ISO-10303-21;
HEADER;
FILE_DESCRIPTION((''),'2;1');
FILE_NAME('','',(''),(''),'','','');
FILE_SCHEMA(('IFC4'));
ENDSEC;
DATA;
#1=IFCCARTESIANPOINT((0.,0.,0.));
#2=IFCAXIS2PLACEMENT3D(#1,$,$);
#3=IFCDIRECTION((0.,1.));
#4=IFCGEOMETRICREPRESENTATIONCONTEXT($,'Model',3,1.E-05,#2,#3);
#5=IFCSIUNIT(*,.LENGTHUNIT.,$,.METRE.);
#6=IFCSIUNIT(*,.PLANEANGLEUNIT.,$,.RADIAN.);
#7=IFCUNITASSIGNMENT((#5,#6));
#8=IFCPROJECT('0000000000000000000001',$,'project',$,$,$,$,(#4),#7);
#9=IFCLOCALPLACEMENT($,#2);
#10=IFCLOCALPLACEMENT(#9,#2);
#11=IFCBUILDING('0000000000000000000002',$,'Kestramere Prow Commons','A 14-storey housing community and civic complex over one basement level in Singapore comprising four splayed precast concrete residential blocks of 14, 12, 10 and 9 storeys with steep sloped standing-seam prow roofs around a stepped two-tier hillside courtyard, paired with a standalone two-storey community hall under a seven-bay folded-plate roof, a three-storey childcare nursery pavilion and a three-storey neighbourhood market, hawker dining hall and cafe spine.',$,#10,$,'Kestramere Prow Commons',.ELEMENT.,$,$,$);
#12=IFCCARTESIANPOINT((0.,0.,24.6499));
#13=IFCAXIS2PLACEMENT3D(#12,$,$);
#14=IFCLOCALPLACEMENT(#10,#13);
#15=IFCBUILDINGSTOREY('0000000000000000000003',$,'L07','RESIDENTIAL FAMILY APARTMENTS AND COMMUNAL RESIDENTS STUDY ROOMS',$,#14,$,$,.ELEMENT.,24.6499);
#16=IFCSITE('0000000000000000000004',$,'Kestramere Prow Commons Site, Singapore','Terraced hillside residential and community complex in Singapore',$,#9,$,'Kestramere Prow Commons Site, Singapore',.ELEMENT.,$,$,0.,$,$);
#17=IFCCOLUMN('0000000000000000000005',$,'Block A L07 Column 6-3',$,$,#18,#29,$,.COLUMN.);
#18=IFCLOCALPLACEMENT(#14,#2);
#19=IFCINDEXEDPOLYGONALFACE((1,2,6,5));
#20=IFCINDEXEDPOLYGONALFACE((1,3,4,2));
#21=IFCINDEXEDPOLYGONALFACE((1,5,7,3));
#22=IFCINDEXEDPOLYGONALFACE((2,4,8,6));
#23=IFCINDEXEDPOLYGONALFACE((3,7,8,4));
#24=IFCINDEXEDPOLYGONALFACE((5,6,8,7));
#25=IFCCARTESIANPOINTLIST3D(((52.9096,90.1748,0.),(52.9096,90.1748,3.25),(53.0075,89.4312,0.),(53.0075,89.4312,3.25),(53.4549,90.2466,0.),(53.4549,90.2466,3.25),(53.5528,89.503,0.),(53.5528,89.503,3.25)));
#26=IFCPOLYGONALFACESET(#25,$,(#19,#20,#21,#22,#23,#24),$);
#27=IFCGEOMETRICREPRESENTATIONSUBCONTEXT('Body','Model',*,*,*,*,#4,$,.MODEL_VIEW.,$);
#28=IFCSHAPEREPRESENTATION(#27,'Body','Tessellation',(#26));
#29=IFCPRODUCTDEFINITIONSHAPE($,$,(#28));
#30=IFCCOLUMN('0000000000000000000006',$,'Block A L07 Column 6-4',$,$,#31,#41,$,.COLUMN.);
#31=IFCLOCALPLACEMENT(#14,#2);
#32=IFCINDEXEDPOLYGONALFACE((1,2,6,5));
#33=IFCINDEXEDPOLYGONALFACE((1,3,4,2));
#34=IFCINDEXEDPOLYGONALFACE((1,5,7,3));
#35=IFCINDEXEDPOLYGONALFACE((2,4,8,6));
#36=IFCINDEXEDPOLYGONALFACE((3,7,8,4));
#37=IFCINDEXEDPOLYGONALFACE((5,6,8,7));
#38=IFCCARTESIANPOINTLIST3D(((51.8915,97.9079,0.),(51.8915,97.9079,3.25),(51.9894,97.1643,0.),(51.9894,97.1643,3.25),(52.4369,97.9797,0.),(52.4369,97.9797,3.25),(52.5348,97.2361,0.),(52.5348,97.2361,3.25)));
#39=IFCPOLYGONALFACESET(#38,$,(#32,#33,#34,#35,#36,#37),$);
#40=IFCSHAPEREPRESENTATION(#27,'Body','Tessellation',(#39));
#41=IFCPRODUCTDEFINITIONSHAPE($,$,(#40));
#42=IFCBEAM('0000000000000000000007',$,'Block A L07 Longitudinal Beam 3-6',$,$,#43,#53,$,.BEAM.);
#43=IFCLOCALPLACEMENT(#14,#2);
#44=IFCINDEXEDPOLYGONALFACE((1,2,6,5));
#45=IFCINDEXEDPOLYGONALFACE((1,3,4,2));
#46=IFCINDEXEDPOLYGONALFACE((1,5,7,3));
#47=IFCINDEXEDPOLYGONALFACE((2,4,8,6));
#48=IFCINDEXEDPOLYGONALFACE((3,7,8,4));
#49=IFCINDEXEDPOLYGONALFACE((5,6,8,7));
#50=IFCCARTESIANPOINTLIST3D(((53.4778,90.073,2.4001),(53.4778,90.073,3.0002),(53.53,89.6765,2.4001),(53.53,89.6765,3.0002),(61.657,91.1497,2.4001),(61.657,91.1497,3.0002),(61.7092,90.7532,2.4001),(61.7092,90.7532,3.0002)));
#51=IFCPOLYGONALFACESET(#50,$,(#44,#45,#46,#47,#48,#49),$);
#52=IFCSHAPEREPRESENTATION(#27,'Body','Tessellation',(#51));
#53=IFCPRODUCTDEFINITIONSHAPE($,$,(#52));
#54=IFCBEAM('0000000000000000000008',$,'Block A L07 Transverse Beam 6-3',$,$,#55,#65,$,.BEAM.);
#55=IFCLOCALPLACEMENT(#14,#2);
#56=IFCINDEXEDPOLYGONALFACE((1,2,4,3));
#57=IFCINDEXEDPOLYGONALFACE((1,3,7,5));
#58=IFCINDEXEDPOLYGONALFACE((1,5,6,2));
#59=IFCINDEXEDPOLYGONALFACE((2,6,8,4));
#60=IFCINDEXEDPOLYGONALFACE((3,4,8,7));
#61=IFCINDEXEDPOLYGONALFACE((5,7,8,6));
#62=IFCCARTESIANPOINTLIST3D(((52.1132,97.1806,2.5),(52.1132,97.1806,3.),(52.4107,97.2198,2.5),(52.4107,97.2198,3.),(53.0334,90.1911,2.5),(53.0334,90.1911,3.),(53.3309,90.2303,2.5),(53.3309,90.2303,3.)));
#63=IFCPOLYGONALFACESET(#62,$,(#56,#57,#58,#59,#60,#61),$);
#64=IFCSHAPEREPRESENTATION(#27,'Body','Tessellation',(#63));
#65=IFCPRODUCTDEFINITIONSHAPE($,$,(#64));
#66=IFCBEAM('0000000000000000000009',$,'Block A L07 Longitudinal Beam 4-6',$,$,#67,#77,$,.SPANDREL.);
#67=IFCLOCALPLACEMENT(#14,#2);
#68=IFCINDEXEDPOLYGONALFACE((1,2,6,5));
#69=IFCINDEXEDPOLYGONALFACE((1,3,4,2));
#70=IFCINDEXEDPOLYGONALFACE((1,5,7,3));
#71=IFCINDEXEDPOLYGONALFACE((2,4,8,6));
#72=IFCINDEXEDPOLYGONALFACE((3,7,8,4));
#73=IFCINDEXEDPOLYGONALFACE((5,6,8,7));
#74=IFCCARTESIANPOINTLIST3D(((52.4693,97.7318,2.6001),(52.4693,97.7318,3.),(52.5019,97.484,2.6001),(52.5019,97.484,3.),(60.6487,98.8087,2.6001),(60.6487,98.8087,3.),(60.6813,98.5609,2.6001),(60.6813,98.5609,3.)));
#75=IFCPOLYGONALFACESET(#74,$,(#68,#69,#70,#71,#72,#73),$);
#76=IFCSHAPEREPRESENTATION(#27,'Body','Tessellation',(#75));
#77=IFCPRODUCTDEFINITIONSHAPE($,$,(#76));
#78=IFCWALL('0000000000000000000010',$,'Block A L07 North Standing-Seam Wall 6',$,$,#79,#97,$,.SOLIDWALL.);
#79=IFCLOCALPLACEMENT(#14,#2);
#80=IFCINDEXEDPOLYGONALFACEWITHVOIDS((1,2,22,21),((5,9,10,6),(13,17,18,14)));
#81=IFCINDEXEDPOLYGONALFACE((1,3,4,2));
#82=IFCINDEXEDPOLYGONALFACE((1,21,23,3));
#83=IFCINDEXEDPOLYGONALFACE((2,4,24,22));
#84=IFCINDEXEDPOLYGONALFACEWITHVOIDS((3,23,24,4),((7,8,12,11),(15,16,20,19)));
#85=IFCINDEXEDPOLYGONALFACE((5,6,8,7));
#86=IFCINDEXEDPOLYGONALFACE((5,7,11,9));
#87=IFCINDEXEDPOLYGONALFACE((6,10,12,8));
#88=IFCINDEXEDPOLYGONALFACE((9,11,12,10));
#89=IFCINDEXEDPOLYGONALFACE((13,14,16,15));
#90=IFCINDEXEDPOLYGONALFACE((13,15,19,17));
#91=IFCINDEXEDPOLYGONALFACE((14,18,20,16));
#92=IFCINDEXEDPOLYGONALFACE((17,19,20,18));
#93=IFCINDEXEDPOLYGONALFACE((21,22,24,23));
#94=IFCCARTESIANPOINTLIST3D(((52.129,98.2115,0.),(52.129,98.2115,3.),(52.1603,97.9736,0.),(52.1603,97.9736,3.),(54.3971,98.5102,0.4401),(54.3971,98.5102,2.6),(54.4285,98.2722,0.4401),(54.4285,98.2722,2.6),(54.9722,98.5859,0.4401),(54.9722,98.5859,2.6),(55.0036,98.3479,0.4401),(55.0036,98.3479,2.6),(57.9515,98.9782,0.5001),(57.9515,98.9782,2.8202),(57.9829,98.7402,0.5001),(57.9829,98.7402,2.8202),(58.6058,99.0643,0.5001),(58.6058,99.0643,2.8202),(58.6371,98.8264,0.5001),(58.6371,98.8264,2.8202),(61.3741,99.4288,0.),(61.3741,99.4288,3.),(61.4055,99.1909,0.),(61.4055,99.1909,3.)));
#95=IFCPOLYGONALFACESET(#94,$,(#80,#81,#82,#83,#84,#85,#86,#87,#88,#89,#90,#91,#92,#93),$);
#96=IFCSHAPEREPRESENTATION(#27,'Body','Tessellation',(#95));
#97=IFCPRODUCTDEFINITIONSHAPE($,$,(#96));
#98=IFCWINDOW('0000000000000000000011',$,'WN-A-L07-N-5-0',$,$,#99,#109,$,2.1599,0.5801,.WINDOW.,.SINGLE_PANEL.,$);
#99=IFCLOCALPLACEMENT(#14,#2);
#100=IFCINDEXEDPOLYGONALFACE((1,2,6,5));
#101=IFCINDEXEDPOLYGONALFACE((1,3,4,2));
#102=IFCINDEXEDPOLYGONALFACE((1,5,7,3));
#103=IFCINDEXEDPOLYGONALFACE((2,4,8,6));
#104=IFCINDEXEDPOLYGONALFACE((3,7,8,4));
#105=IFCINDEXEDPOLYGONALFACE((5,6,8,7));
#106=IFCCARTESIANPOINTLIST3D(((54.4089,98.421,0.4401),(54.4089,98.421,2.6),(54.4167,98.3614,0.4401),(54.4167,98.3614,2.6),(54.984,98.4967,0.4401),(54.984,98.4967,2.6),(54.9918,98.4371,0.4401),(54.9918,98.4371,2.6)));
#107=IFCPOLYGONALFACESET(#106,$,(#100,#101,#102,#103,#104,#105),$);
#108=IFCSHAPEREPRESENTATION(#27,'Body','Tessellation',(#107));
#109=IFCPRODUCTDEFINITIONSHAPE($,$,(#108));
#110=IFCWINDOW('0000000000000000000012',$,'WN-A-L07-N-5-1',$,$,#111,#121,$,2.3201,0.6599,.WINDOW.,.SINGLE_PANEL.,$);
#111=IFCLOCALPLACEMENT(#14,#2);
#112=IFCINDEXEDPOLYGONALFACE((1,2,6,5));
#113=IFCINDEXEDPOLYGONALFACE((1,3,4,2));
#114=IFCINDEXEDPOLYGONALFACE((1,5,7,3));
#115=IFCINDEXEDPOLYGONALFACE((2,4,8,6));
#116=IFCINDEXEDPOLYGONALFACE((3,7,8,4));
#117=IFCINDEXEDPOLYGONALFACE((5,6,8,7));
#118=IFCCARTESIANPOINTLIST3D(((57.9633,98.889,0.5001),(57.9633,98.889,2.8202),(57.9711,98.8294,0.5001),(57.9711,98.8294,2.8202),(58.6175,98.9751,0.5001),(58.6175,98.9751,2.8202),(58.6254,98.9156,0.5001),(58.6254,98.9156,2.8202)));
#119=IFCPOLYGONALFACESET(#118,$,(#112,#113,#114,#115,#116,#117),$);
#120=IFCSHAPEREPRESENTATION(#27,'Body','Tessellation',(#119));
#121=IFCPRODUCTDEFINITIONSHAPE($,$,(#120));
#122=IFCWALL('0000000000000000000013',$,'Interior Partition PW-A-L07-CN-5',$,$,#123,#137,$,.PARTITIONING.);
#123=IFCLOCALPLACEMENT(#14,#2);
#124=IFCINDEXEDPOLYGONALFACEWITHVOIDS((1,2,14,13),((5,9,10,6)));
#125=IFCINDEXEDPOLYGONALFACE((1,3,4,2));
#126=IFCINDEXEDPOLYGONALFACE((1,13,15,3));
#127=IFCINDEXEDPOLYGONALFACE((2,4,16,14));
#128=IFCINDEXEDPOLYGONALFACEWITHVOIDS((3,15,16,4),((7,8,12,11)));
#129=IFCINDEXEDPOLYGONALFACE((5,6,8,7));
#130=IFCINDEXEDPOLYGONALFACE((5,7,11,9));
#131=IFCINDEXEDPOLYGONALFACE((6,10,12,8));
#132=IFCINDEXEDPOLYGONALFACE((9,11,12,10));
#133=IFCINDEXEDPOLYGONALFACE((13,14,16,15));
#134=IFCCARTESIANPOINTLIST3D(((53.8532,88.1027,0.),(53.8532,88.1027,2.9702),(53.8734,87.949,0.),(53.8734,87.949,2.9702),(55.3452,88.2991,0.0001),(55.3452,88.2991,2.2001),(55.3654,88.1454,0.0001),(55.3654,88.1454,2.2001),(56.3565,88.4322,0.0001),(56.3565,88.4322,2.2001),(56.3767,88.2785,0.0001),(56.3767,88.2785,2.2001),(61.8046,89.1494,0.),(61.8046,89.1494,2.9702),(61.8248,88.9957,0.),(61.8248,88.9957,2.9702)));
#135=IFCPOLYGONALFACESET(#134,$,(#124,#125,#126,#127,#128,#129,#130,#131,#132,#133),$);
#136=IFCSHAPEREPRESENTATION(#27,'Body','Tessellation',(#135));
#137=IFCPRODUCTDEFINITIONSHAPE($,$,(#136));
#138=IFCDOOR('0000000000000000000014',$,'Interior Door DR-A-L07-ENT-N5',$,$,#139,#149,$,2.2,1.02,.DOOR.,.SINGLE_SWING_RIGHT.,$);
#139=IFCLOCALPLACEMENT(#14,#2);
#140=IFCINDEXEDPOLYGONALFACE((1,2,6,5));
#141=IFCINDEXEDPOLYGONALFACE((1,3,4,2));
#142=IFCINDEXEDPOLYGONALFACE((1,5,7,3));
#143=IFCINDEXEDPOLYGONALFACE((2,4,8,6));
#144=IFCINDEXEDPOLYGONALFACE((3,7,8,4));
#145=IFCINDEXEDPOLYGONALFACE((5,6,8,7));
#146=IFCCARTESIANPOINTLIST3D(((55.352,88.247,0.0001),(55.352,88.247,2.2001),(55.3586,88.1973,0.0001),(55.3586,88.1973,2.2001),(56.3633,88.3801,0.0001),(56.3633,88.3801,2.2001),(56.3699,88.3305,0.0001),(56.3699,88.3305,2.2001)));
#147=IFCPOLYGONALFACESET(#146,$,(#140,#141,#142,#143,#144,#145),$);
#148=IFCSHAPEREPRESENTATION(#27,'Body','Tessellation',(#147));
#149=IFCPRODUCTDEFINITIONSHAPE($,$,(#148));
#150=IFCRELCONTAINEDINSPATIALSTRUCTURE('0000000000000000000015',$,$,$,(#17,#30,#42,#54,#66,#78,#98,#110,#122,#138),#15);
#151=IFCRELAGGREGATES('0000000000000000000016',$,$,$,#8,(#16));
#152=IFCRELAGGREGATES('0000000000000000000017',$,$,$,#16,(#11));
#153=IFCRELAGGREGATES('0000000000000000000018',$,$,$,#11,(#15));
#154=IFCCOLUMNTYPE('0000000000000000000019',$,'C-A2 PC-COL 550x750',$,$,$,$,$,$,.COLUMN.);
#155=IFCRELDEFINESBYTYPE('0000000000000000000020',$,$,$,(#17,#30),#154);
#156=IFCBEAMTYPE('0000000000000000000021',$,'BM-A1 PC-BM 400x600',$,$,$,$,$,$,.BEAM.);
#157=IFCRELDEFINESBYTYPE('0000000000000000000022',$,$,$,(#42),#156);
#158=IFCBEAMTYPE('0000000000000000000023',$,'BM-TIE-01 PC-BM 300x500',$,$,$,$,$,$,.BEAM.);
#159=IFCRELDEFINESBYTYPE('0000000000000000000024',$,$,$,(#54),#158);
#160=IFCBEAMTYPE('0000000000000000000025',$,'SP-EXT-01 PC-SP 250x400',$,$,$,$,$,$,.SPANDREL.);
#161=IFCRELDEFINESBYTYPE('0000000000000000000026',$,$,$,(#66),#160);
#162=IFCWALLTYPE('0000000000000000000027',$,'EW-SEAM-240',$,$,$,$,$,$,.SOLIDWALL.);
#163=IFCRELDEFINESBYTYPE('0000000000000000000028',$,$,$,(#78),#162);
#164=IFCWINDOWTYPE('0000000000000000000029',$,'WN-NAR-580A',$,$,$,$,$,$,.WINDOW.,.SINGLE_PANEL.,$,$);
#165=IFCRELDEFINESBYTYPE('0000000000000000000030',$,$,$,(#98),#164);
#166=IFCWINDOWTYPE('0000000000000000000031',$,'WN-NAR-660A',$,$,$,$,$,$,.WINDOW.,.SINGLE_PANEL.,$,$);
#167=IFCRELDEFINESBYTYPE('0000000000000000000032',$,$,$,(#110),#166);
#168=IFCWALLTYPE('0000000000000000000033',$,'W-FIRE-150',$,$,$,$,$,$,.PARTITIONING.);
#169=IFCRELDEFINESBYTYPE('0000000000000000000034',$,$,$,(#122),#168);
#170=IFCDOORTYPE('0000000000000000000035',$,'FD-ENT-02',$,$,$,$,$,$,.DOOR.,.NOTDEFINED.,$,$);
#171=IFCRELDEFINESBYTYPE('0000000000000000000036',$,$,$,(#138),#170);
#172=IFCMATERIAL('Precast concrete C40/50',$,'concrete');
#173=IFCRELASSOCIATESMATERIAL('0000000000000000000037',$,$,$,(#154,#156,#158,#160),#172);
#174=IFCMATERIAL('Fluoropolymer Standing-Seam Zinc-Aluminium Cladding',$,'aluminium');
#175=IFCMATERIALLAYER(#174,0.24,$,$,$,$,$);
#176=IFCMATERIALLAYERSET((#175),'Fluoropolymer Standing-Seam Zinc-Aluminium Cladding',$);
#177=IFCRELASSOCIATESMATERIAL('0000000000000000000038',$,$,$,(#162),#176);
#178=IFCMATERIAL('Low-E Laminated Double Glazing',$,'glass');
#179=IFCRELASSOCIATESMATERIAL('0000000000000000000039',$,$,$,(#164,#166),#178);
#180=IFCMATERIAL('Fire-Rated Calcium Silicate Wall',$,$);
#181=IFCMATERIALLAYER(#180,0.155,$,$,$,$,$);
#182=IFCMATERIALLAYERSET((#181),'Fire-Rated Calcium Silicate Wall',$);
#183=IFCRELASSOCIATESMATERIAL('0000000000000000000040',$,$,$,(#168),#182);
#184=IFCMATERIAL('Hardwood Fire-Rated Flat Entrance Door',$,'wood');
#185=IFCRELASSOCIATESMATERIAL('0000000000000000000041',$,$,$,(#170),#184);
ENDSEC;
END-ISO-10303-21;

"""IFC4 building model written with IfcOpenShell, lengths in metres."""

from ifc_helpers import new_model, si_unit, direction, frame, frame_2d, origin, origin_2d, place, context, subcontext, project, spatial, rectangle, extrude, material, layer, layer_set, material_profile, profile_set, type_object, element, fill, save


model = new_model("IFC4")

# Units and contexts
model_context = context("Model", 3, precision=1e-05, world=origin(), true_north=direction((0.0, 1.0)))
body_context = subcontext(model_context, "Body", "Model", "MODEL_VIEW")
ifc_project = project(units=[si_unit("LENGTHUNIT", "METRE"), si_unit("PLANEANGLEUNIT", "RADIAN")], contexts=[model_context])

# Site, building, storey
site_placement = place(None, origin())
site = spatial("IfcSite", under=ifc_project, at=site_placement, Name="Kestramere Prow Commons Site, Singapore", Description="Terraced hillside residential and community complex in Singapore", LongName="Kestramere Prow Commons Site, Singapore", CompositionType="ELEMENT", RefElevation=0.0)
building_placement = place(site_placement, origin())
building = spatial("IfcBuilding", under=site, at=building_placement, Name="Kestramere Prow Commons", Description="A 14-storey housing community and civic complex over one basement level in Singapore comprising four splayed precast concrete residential blocks of 14, 12, 10 and 9 storeys with steep sloped standing-seam prow roofs around a stepped two-tier hillside courtyard, paired with a standalone two-storey community hall under a seven-bay folded-plate roof, a three-storey childcare nursery pavilion and a three-storey neighbourhood market, hawker dining hall and cafe spine.", LongName="Kestramere Prow Commons", CompositionType="ELEMENT")
storey_placement = place(building_placement, frame((0.0, 0.0, 24.6499)))
storey = spatial("IfcBuildingStorey", under=building, at=storey_placement, Name="L07", Description="RESIDENTIAL FAMILY APARTMENTS AND COMMUNAL RESIDENTS STUDY ROOMS", CompositionType="ELEMENT", Elevation=24.6499)

# Columns
ifc_material_1 = material(Name="Precast concrete C40/50", Category="concrete")
ifc_material_profile_1 = material_profile(ifc_material_1, rectangle(XDim=0.55, YDim=0.75, at=origin_2d()), Name="PC-COL 550x750")
ifc_profile_set_1 = profile_set([ifc_material_profile_1], Name="Precast concrete C40/50")
column_type = type_object("IfcColumnType", Name="C-A2 PC-COL 550x750", PredefinedType="COLUMN", material=ifc_profile_set_1)
for number, where, z_axis, x_axis, name in (
    (1, (53.2312, 89.8389, 0.0), (0.0, 0.0, 1.0), (0.991445, 0.130526, 0.0), "Block A L07 Column 6-3"),
    (2, (52.2131, 97.572, 0.0), (0.0, 0.0, 1.0), (0.991445, 0.130526, 0.0), "Block A L07 Column 6-4"),
):
    element("IfcColumn", number, at=place(storey_placement, frame(where, z_axis=z_axis, x_axis=x_axis)), inside=storey, type_object=column_type, Name=name, PredefinedType="COLUMN", context=body_context, shape_type="SweptSolid", body=[
        extrude(rectangle(XDim=0.55, YDim=0.75, at=origin_2d()), origin(), (0.0, 0.0, 1.0), 3.25),
    ])

# Beams
ifc_material_profile_2 = material_profile(ifc_material_1, rectangle(XDim=0.3999, YDim=0.6001, at=origin_2d()), Name="PC-BM 400x600")
ifc_profile_set_2 = profile_set([ifc_material_profile_2], Name="Precast concrete C40/50")
beam_type_1 = type_object("IfcBeamType", Name="BM-A1 PC-BM 400x600", PredefinedType="BEAM", material=ifc_profile_set_2)
beam_1_placement = place(storey_placement, frame((53.5039, 89.8748, 2.7002), z_axis=(0.991447, 0.130508, 0.0), x_axis=(-0.130508, 0.991447, 0.0)))
element("IfcBeam", 3, at=beam_1_placement, inside=storey, type_object=beam_type_1, Name="Block A L07 Longitudinal Beam 3-6", PredefinedType="BEAM", context=body_context, shape_type="SweptSolid", body=[
    extrude(rectangle(XDim=0.3999, YDim=0.6001, at=origin_2d()), origin(), (0.0, 0.0, 1.0), 8.2498),
])
ifc_material_profile_3 = material_profile(ifc_material_1, rectangle(XDim=0.3, YDim=0.5, at=origin_2d()), Name="PC-BM 300x500")
ifc_profile_set_3 = profile_set([ifc_material_profile_3], Name="Precast concrete C40/50")
beam_type_2 = type_object("IfcBeamType", Name="BM-TIE-01 PC-BM 300x500", PredefinedType="BEAM", material=ifc_profile_set_3)
beam_2_placement = place(storey_placement, frame((53.1821, 90.2107, 2.75), z_axis=(-0.130523, 0.991445, 0.0), x_axis=(-0.991445, -0.130523, 0.0)))
element("IfcBeam", 4, at=beam_2_placement, inside=storey, type_object=beam_type_2, Name="Block A L07 Transverse Beam 6-3", PredefinedType="BEAM", context=body_context, shape_type="SweptSolid", body=[
    extrude(rectangle(XDim=0.3, YDim=0.5, at=origin_2d()), origin(), (0.0, 0.0, 1.0), 7.0498),
])
ifc_material_profile_4 = material_profile(ifc_material_1, rectangle(XDim=0.25, YDim=0.3999, at=origin_2d()), Name="PC-SP 250x400")
ifc_profile_set_4 = profile_set([ifc_material_profile_4], Name="Precast concrete C40/50")
beam_type_3 = type_object("IfcBeamType", Name="SP-EXT-01 PC-SP 250x400", PredefinedType="SPANDREL", material=ifc_profile_set_4)
beam_3_placement = place(storey_placement, frame((52.4856, 97.6079, 2.8), z_axis=(0.991444, 0.130533, 0.0), x_axis=(-0.130533, 0.991444, 0.0)))
element("IfcBeam", 5, at=beam_3_placement, inside=storey, type_object=beam_type_3, Name="Block A L07 Longitudinal Beam 4-6", PredefinedType="SPANDREL", context=body_context, shape_type="SweptSolid", body=[
    extrude(rectangle(XDim=0.25, YDim=0.3999, at=origin_2d()), origin(), (0.0, 0.0, 1.0), 8.25),
])

# Wall, openings, windows
ifc_material_2 = material(Name="Fluoropolymer Standing-Seam Zinc-Aluminium Cladding", Category="aluminium")
ifc_layer_1 = layer(ifc_material_2, 0.24)
ifc_layer_set_1 = layer_set([ifc_layer_1], Name="Fluoropolymer Standing-Seam Zinc-Aluminium Cladding")
wall_type_1 = type_object("IfcWallType", Name="EW-SEAM-240", PredefinedType="SOLIDWALL", material=ifc_layer_set_1)
wall_1_placement = place(storey_placement, frame((52.1445, 98.0925, 0.0), z_axis=(0.0, 0.0, 1.0), x_axis=(0.991443, 0.130541, 0.0)))
wall_1 = element("IfcWall", 6, at=wall_1_placement, inside=storey, type_object=wall_type_1, Name="Block A L07 North Standing-Seam Wall 6", PredefinedType="SOLIDWALL", context=body_context, shape_type="SweptSolid", body=[
    extrude(rectangle(XDim=9.325, YDim=0.24, at=frame_2d((4.6626, 0.0))), origin(), (0.0, 0.0, 1.0), 3.0),
])
opening_1_placement = place(wall_1_placement, frame((2.2878, 0.0, 0.4399)))
opening_1 = element("IfcOpeningElement", 7, at=opening_1_placement, cuts=wall_1, PredefinedType="OPENING", context=body_context, shape_type="SweptSolid", body=[
    extrude(rectangle(XDim=0.5801, YDim=2.1599, at=frame_2d((0.29, 1.0801))), frame((0.0, 0.135, 0.0), z_axis=(0.0, -1.0, 0.0), x_axis=(1.0, 0.0, 0.0)), (0.0, 0.0, 1.0), 0.27),
])
opening_2_placement = place(wall_1_placement, frame((5.8728, 0.0, 0.5)))
opening_2 = element("IfcOpeningElement", 8, at=opening_2_placement, cuts=wall_1, PredefinedType="OPENING", context=body_context, shape_type="SweptSolid", body=[
    extrude(rectangle(XDim=0.6599, YDim=2.3201, at=frame_2d((0.3301, 1.1602))), frame((0.0, 0.135, 0.0), z_axis=(0.0, -1.0, 0.0), x_axis=(1.0, 0.0, 0.0)), (0.0, 0.0, 1.0), 0.27),
])
ifc_material_3 = material(Name="Low-E Laminated Double Glazing", Category="glass")
window_type_1 = type_object("IfcWindowType", Name="WN-NAR-580A", PartitioningType="SINGLE_PANEL", PredefinedType="WINDOW", material=ifc_material_3)
window_1_placement = place(opening_1_placement, origin())
window_1 = element("IfcWindow", 9, at=window_1_placement, inside=storey, type_object=window_type_1, Name="WN-A-L07-N-5-0", OverallHeight=2.1599, OverallWidth=0.5801, PartitioningType="SINGLE_PANEL", PredefinedType="WINDOW", context=body_context, shape_type="SweptSolid", body=[
    extrude(rectangle(XDim=0.5801, YDim=2.1599, at=frame_2d((0.29, 1.0801))), frame((0.0, 0.03, 0.0), z_axis=(0.0, -1.0, 0.0), x_axis=(1.0, 0.0, 0.0)), (0.0, 0.0, 1.0), 0.0601),
])
fill(opening_1, window_1)
window_type_2 = type_object("IfcWindowType", Name="WN-NAR-660A", PartitioningType="SINGLE_PANEL", PredefinedType="WINDOW", material=ifc_material_3)
window_2_placement = place(opening_2_placement, origin())
window_2 = element("IfcWindow", 10, at=window_2_placement, inside=storey, type_object=window_type_2, Name="WN-A-L07-N-5-1", OverallHeight=2.3201, OverallWidth=0.6599, PartitioningType="SINGLE_PANEL", PredefinedType="WINDOW", context=body_context, shape_type="SweptSolid", body=[
    extrude(rectangle(XDim=0.6599, YDim=2.3201, at=frame_2d((0.3301, 1.1602))), frame((0.0, 0.03, 0.0), z_axis=(0.0, -1.0, 0.0), x_axis=(1.0, 0.0, 0.0)), (0.0, 0.0, 1.0), 0.0601),
])
fill(opening_2, window_2)

# Wall, opening, door
ifc_material_4 = material(Name="Fire-Rated Calcium Silicate Wall")
ifc_layer_2 = layer(ifc_material_4, 0.155)
ifc_layer_set_2 = layer_set([ifc_layer_2], Name="Fire-Rated Calcium Silicate Wall")
wall_type_2 = type_object("IfcWallType", Name="W-FIRE-150", PredefinedType="PARTITIONING", material=ifc_layer_set_2)
wall_2_placement = place(storey_placement, frame((53.8633, 88.0259, 0.0), z_axis=(0.0, 0.0, 1.0), x_axis=(0.991448, 0.130503, 0.0)))
wall_2 = element("IfcWall", 11, at=wall_2_placement, inside=storey, type_object=wall_type_2, Name="Interior Partition PW-A-L07-CN-5", PredefinedType="PARTITIONING", context=body_context, shape_type="SweptSolid", body=[
    extrude(rectangle(XDim=8.02, YDim=0.155, at=frame_2d((4.01, 0.0))), origin(), (0.0, 0.0, 1.0), 2.9702),
])
opening_3_placement = place(wall_2_placement, frame((1.5049, 0.0, 0.0)))
opening_3 = element("IfcOpeningElement", 12, at=opening_3_placement, cuts=wall_2, PredefinedType="OPENING", context=body_context, shape_type="SweptSolid", body=[
    extrude(rectangle(XDim=1.02, YDim=2.2, at=frame_2d((0.51, 1.1001))), frame((0.0, 0.0925, 0.0), z_axis=(0.0, -1.0, 0.0), x_axis=(1.0, 0.0, 0.0)), (0.0, 0.0, 1.0), 0.1851),
])
ifc_material_5 = material(Name="Hardwood Fire-Rated Flat Entrance Door", Category="wood")
door_type_1 = type_object("IfcDoorType", Name="FD-ENT-02", OperationType="NOTDEFINED", PredefinedType="DOOR", material=ifc_material_5)
door_1_placement = place(opening_3_placement, origin())
door_1 = element("IfcDoor", 13, at=door_1_placement, inside=storey, type_object=door_type_1, Name="Interior Door DR-A-L07-ENT-N5", OperationType="SINGLE_SWING_RIGHT", OverallHeight=2.2, OverallWidth=1.02, PredefinedType="DOOR", context=body_context, shape_type="SweptSolid", body=[
    extrude(rectangle(XDim=1.02, YDim=2.2, at=frame_2d((0.51, 1.1001))), frame((0.0, 0.0249, 0.0), z_axis=(0.0, -1.0, 0.0), x_axis=(1.0, 0.0, 0.0)), (0.0, 0.0, 1.0), 0.05),
])
fill(opening_3, door_1)

save(model, "model.ifc")
